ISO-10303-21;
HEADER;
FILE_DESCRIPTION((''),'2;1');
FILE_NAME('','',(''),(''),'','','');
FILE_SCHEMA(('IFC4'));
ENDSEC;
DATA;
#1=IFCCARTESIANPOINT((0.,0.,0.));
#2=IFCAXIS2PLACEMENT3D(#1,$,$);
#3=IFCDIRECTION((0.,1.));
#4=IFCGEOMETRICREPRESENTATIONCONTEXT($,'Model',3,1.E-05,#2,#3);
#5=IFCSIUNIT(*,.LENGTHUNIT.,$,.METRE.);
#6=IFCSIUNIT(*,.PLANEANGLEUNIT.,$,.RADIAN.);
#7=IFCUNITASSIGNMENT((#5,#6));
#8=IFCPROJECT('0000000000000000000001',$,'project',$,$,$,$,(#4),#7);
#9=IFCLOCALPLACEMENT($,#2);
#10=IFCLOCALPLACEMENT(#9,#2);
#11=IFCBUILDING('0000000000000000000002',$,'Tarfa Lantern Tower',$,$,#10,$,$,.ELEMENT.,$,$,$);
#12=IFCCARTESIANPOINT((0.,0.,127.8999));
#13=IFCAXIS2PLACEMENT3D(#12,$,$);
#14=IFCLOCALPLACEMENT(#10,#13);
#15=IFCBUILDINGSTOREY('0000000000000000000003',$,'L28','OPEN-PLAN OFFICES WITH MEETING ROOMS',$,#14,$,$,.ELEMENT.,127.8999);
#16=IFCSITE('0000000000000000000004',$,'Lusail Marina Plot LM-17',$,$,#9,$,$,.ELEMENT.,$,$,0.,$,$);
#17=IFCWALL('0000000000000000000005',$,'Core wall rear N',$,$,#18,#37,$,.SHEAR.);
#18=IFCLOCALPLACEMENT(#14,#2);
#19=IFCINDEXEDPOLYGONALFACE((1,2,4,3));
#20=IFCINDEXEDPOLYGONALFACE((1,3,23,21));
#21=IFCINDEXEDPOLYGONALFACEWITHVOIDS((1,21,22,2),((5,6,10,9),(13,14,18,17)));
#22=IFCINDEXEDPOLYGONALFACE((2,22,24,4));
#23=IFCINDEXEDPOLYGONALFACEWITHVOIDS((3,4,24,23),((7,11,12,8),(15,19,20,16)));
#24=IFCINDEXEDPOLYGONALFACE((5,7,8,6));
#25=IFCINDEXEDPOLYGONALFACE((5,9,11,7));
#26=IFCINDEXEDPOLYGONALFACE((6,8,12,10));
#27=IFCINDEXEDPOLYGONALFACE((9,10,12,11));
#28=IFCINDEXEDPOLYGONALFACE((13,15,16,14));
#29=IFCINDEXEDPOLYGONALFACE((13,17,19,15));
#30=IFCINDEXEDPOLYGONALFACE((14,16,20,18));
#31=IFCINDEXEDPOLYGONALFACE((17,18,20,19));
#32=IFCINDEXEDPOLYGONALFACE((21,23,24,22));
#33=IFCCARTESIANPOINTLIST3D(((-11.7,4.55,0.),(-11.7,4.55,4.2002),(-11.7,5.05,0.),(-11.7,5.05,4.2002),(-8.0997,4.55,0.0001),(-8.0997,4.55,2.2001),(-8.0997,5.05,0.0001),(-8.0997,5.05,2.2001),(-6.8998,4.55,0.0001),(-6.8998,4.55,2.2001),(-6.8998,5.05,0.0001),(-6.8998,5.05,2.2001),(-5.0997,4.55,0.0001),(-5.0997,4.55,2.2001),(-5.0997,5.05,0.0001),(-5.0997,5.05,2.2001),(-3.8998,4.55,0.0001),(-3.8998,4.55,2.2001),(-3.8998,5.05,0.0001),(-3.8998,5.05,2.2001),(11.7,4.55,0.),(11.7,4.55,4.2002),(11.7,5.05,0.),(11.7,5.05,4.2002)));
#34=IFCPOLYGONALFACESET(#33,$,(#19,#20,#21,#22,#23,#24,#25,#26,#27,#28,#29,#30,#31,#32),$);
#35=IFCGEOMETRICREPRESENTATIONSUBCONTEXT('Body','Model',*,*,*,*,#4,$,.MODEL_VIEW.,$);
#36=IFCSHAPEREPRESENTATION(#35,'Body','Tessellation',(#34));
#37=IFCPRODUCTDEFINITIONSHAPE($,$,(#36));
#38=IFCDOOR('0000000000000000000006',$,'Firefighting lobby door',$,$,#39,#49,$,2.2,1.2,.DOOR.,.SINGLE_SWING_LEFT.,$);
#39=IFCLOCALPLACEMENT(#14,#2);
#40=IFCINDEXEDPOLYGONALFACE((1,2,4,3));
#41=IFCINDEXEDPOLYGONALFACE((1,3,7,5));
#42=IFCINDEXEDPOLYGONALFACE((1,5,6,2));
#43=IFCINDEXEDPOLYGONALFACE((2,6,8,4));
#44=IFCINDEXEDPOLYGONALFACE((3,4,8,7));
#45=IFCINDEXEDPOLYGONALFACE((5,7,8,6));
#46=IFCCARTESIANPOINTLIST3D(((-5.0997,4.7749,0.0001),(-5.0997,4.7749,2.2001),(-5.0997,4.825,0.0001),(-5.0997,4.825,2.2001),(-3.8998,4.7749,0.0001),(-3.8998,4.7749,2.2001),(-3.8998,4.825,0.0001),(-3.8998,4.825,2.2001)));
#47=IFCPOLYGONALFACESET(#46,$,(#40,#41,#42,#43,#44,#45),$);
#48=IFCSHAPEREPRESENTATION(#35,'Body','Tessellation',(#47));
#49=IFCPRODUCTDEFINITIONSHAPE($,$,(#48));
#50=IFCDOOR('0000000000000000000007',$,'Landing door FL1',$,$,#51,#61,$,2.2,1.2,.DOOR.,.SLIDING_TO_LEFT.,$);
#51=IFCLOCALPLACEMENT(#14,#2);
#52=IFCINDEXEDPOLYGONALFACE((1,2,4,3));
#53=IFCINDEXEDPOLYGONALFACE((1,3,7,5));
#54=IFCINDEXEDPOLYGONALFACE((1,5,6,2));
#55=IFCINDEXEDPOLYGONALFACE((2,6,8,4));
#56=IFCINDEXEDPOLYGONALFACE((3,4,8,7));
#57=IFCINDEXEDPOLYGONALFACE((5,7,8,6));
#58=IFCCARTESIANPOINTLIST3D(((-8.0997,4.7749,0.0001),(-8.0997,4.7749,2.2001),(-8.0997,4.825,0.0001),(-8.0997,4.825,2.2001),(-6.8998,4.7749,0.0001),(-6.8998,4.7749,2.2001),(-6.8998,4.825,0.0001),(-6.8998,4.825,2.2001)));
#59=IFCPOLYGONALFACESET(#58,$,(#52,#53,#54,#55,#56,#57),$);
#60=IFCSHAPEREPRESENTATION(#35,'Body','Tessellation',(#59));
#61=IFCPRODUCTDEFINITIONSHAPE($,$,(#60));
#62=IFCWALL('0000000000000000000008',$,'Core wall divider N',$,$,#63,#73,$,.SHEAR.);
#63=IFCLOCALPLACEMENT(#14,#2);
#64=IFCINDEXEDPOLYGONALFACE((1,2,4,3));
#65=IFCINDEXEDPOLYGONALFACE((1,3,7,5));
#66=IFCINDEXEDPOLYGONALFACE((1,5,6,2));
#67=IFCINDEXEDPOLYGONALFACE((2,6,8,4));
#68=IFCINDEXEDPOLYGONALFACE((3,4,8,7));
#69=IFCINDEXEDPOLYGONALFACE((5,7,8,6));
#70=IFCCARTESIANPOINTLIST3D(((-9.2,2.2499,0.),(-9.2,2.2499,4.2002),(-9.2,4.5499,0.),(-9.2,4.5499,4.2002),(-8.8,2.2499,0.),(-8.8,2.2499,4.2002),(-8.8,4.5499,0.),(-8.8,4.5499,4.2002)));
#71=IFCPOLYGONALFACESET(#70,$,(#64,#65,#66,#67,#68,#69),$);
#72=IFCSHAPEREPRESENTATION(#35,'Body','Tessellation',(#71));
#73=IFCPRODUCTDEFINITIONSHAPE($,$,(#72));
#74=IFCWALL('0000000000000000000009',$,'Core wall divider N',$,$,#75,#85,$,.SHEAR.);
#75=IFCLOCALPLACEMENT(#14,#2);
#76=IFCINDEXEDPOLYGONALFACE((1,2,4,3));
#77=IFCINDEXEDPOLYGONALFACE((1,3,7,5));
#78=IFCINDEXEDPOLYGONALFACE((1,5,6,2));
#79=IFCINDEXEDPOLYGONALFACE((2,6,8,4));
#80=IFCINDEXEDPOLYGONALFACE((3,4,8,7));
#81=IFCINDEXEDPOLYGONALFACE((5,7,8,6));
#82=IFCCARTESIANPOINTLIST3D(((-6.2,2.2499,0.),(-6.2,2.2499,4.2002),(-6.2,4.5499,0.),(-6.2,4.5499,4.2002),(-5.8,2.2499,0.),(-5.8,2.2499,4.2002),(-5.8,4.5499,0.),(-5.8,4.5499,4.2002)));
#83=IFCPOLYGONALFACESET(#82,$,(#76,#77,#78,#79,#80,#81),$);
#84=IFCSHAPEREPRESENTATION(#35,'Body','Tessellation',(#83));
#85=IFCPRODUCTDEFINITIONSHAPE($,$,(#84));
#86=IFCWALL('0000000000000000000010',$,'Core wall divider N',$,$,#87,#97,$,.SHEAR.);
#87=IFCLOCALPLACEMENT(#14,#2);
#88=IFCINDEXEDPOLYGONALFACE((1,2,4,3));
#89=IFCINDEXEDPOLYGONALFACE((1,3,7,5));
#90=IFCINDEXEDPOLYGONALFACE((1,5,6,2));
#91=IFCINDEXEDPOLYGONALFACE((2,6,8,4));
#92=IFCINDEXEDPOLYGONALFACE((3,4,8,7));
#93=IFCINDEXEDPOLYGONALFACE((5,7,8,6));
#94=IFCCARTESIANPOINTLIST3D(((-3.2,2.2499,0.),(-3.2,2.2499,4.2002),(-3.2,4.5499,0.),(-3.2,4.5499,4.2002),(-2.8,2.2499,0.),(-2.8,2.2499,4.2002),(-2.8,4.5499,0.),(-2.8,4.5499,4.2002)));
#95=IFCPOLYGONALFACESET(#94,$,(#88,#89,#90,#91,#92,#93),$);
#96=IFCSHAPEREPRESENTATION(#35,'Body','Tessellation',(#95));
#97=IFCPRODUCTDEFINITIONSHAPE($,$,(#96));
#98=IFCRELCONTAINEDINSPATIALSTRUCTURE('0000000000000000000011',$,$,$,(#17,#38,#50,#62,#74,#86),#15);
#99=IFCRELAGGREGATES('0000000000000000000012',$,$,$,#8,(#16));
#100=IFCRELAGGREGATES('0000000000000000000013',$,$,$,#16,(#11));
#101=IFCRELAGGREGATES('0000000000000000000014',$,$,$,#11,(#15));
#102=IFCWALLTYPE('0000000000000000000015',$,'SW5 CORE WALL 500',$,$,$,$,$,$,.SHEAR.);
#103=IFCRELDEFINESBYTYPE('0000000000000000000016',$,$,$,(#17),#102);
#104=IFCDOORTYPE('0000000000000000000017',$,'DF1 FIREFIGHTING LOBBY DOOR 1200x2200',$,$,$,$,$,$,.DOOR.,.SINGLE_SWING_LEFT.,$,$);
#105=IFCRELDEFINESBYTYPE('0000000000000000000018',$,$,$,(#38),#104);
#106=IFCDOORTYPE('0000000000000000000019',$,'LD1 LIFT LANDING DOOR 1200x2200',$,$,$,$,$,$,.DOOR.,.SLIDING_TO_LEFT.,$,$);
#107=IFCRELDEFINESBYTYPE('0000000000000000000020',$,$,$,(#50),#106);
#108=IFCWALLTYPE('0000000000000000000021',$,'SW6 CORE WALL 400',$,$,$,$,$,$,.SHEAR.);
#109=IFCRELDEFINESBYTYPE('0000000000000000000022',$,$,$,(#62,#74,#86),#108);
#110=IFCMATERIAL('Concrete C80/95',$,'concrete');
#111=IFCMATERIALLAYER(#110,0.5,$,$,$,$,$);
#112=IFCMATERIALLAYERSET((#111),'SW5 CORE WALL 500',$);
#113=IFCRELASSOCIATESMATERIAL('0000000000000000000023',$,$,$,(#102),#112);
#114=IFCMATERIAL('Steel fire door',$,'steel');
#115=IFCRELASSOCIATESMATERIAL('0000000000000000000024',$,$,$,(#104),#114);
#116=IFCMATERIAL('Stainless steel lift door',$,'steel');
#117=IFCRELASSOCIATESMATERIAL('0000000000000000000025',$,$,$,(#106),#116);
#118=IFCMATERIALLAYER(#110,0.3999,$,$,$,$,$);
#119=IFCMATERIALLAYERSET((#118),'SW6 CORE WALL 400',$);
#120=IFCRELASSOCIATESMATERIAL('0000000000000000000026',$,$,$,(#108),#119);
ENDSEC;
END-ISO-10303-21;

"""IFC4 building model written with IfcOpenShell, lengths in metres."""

from ifc_helpers import new_model, si_unit, direction, frame, frame_2d, origin, place, context, subcontext, project, spatial, rectangle, extrude, material, layer, layer_set, type_object, element, fill, save


model = new_model("IFC4")

# Units and contexts
model_context = context("Model", 3, precision=1e-05, world=origin(), true_north=direction((0.0, 1.0)))
body_context = subcontext(model_context, "Body", "Model", "MODEL_VIEW")
ifc_project = project(units=[si_unit("LENGTHUNIT", "METRE"), si_unit("PLANEANGLEUNIT", "RADIAN")], contexts=[model_context])

# Site, building, storey
site_placement = place(None, origin())
site = spatial("IfcSite", under=ifc_project, at=site_placement, Name="Lusail Marina Plot LM-17", CompositionType="ELEMENT", RefElevation=0.0)
building_placement = place(site_placement, origin())
building = spatial("IfcBuilding", under=site, at=building_placement, Name="Tarfa Lantern Tower", CompositionType="ELEMENT")
storey_placement = place(building_placement, frame((0.0, 0.0, 127.8999)))
storey = spatial("IfcBuildingStorey", under=building, at=storey_placement, Name="L28", Description="OPEN-PLAN OFFICES WITH MEETING ROOMS", CompositionType="ELEMENT", Elevation=127.8999)

# Shared definitions
ifc_material_1 = material(Name="Concrete C80/95", Category="concrete")
ifc_layer_1 = layer(ifc_material_1, 0.5)
ifc_layer_set_1 = layer_set([ifc_layer_1], Name="SW5 CORE WALL 500")
wall_type_1 = type_object("IfcWallType", Name="SW5 CORE WALL 500", PredefinedType="SHEAR", material=ifc_layer_set_1)

# Wall, openings, doors
wall_1_placement = place(storey_placement, frame((-11.7, 4.8, 0.0), z_axis=(0.0, 0.0, 1.0), x_axis=(1.0, 0.0, 0.0)))
wall_1 = element("IfcWall", 1, at=wall_1_placement, inside=storey, type_object=wall_type_1, Name="Core wall rear N", PredefinedType="SHEAR", context=body_context, shape_type="SweptSolid", body=[
    extrude(rectangle(XDim=23.3999, YDim=0.5, at=frame_2d((11.7, 0.0))), origin(), (0.0, 0.0, 1.0), 4.2002),
])
opening_1_placement = place(wall_1_placement, frame((6.6001, 0.0, 0.0)))
opening_1 = element("IfcOpeningElement", 2, at=opening_1_placement, cuts=wall_1, PredefinedType="OPENING", context=body_context, shape_type="SweptSolid", body=[
    extrude(rectangle(XDim=1.2, YDim=2.2, at=frame_2d((0.6001, 1.1001))), frame((0.0, 0.26, 0.0), z_axis=(0.0, -1.0, 0.0), x_axis=(1.0, 0.0, 0.0)), (0.0, 0.0, 1.0), 0.52),
])
opening_2_placement = place(wall_1_placement, frame((3.6001, 0.0, 0.0)))
opening_2 = element("IfcOpeningElement", 3, at=opening_2_placement, cuts=wall_1, PredefinedType="OPENING", context=body_context, shape_type="SweptSolid", body=[
    extrude(rectangle(XDim=1.2, YDim=2.2, at=frame_2d((0.6001, 1.1001))), frame((0.0, 0.26, 0.0), z_axis=(0.0, -1.0, 0.0), x_axis=(1.0, 0.0, 0.0)), (0.0, 0.0, 1.0), 0.52),
])
ifc_material_2 = material(Name="Steel fire door", Category="steel")
door_type_1 = type_object("IfcDoorType", Name="DF1 FIREFIGHTING LOBBY DOOR 1200x2200", OperationType="SINGLE_SWING_LEFT", PredefinedType="DOOR", material=ifc_material_2)
door_1_placement = place(opening_1_placement, origin())
door_1 = element("IfcDoor", 4, at=door_1_placement, inside=storey, type_object=door_type_1, Name="Firefighting lobby door", OperationType="SINGLE_SWING_LEFT", OverallHeight=2.2, OverallWidth=1.2, PredefinedType="DOOR", context=body_context, shape_type="SweptSolid", body=[
    extrude(rectangle(XDim=1.2, YDim=2.2, at=frame_2d((0.6001, 1.1001))), frame((0.0, 0.0249, 0.0), z_axis=(0.0, -1.0, 0.0), x_axis=(1.0, 0.0, 0.0)), (0.0, 0.0, 1.0), 0.05),
])
fill(opening_1, door_1)
ifc_material_3 = material(Name="Stainless steel lift door", Category="steel")
door_type_2 = type_object("IfcDoorType", Name="LD1 LIFT LANDING DOOR 1200x2200", OperationType="SLIDING_TO_LEFT", PredefinedType="DOOR", material=ifc_material_3)
door_2_placement = place(opening_2_placement, origin())
door_2 = element("IfcDoor", 5, at=door_2_placement, inside=storey, type_object=door_type_2, Name="Landing door FL1", OperationType="SLIDING_TO_LEFT", OverallHeight=2.2, OverallWidth=1.2, PredefinedType="DOOR", context=body_context, shape_type="SweptSolid", body=[
    extrude(rectangle(XDim=1.2, YDim=2.2, at=frame_2d((0.6001, 1.1001))), frame((0.0, 0.0249, 0.0), z_axis=(0.0, -1.0, 0.0), x_axis=(1.0, 0.0, 0.0)), (0.0, 0.0, 1.0), 0.05),
])
fill(opening_2, door_2)

# Walls
ifc_layer_2 = layer(ifc_material_1, 0.3999)
ifc_layer_set_2 = layer_set([ifc_layer_2], Name="SW6 CORE WALL 400")
wall_type_2 = type_object("IfcWallType", Name="SW6 CORE WALL 400", PredefinedType="SHEAR", material=ifc_layer_set_2)
for number, where, z_axis, x_axis, name in (
    (6, (-9.0, 2.25, 0.0), (0.0, 0.0, 1.0), (0.0, 1.0, 0.0), "Core wall divider N"),
    (7, (-6.0, 2.25, 0.0), (0.0, 0.0, 1.0), (0.0, 1.0, 0.0), "Core wall divider N"),
    (8, (-3.0, 2.25, 0.0), (0.0, 0.0, 1.0), (0.0, 1.0, 0.0), "Core wall divider N"),
):
    element("IfcWall", number, at=place(storey_placement, frame(where, z_axis=z_axis, x_axis=x_axis)), inside=storey, type_object=wall_type_2, Name=name, PredefinedType="SHEAR", context=body_context, shape_type="SweptSolid", body=[
        extrude(rectangle(XDim=2.3, YDim=0.3999, at=frame_2d((1.1499, 0.0))), origin(), (0.0, 0.0, 1.0), 4.2002),
    ])

save(model, "model.ifc")
